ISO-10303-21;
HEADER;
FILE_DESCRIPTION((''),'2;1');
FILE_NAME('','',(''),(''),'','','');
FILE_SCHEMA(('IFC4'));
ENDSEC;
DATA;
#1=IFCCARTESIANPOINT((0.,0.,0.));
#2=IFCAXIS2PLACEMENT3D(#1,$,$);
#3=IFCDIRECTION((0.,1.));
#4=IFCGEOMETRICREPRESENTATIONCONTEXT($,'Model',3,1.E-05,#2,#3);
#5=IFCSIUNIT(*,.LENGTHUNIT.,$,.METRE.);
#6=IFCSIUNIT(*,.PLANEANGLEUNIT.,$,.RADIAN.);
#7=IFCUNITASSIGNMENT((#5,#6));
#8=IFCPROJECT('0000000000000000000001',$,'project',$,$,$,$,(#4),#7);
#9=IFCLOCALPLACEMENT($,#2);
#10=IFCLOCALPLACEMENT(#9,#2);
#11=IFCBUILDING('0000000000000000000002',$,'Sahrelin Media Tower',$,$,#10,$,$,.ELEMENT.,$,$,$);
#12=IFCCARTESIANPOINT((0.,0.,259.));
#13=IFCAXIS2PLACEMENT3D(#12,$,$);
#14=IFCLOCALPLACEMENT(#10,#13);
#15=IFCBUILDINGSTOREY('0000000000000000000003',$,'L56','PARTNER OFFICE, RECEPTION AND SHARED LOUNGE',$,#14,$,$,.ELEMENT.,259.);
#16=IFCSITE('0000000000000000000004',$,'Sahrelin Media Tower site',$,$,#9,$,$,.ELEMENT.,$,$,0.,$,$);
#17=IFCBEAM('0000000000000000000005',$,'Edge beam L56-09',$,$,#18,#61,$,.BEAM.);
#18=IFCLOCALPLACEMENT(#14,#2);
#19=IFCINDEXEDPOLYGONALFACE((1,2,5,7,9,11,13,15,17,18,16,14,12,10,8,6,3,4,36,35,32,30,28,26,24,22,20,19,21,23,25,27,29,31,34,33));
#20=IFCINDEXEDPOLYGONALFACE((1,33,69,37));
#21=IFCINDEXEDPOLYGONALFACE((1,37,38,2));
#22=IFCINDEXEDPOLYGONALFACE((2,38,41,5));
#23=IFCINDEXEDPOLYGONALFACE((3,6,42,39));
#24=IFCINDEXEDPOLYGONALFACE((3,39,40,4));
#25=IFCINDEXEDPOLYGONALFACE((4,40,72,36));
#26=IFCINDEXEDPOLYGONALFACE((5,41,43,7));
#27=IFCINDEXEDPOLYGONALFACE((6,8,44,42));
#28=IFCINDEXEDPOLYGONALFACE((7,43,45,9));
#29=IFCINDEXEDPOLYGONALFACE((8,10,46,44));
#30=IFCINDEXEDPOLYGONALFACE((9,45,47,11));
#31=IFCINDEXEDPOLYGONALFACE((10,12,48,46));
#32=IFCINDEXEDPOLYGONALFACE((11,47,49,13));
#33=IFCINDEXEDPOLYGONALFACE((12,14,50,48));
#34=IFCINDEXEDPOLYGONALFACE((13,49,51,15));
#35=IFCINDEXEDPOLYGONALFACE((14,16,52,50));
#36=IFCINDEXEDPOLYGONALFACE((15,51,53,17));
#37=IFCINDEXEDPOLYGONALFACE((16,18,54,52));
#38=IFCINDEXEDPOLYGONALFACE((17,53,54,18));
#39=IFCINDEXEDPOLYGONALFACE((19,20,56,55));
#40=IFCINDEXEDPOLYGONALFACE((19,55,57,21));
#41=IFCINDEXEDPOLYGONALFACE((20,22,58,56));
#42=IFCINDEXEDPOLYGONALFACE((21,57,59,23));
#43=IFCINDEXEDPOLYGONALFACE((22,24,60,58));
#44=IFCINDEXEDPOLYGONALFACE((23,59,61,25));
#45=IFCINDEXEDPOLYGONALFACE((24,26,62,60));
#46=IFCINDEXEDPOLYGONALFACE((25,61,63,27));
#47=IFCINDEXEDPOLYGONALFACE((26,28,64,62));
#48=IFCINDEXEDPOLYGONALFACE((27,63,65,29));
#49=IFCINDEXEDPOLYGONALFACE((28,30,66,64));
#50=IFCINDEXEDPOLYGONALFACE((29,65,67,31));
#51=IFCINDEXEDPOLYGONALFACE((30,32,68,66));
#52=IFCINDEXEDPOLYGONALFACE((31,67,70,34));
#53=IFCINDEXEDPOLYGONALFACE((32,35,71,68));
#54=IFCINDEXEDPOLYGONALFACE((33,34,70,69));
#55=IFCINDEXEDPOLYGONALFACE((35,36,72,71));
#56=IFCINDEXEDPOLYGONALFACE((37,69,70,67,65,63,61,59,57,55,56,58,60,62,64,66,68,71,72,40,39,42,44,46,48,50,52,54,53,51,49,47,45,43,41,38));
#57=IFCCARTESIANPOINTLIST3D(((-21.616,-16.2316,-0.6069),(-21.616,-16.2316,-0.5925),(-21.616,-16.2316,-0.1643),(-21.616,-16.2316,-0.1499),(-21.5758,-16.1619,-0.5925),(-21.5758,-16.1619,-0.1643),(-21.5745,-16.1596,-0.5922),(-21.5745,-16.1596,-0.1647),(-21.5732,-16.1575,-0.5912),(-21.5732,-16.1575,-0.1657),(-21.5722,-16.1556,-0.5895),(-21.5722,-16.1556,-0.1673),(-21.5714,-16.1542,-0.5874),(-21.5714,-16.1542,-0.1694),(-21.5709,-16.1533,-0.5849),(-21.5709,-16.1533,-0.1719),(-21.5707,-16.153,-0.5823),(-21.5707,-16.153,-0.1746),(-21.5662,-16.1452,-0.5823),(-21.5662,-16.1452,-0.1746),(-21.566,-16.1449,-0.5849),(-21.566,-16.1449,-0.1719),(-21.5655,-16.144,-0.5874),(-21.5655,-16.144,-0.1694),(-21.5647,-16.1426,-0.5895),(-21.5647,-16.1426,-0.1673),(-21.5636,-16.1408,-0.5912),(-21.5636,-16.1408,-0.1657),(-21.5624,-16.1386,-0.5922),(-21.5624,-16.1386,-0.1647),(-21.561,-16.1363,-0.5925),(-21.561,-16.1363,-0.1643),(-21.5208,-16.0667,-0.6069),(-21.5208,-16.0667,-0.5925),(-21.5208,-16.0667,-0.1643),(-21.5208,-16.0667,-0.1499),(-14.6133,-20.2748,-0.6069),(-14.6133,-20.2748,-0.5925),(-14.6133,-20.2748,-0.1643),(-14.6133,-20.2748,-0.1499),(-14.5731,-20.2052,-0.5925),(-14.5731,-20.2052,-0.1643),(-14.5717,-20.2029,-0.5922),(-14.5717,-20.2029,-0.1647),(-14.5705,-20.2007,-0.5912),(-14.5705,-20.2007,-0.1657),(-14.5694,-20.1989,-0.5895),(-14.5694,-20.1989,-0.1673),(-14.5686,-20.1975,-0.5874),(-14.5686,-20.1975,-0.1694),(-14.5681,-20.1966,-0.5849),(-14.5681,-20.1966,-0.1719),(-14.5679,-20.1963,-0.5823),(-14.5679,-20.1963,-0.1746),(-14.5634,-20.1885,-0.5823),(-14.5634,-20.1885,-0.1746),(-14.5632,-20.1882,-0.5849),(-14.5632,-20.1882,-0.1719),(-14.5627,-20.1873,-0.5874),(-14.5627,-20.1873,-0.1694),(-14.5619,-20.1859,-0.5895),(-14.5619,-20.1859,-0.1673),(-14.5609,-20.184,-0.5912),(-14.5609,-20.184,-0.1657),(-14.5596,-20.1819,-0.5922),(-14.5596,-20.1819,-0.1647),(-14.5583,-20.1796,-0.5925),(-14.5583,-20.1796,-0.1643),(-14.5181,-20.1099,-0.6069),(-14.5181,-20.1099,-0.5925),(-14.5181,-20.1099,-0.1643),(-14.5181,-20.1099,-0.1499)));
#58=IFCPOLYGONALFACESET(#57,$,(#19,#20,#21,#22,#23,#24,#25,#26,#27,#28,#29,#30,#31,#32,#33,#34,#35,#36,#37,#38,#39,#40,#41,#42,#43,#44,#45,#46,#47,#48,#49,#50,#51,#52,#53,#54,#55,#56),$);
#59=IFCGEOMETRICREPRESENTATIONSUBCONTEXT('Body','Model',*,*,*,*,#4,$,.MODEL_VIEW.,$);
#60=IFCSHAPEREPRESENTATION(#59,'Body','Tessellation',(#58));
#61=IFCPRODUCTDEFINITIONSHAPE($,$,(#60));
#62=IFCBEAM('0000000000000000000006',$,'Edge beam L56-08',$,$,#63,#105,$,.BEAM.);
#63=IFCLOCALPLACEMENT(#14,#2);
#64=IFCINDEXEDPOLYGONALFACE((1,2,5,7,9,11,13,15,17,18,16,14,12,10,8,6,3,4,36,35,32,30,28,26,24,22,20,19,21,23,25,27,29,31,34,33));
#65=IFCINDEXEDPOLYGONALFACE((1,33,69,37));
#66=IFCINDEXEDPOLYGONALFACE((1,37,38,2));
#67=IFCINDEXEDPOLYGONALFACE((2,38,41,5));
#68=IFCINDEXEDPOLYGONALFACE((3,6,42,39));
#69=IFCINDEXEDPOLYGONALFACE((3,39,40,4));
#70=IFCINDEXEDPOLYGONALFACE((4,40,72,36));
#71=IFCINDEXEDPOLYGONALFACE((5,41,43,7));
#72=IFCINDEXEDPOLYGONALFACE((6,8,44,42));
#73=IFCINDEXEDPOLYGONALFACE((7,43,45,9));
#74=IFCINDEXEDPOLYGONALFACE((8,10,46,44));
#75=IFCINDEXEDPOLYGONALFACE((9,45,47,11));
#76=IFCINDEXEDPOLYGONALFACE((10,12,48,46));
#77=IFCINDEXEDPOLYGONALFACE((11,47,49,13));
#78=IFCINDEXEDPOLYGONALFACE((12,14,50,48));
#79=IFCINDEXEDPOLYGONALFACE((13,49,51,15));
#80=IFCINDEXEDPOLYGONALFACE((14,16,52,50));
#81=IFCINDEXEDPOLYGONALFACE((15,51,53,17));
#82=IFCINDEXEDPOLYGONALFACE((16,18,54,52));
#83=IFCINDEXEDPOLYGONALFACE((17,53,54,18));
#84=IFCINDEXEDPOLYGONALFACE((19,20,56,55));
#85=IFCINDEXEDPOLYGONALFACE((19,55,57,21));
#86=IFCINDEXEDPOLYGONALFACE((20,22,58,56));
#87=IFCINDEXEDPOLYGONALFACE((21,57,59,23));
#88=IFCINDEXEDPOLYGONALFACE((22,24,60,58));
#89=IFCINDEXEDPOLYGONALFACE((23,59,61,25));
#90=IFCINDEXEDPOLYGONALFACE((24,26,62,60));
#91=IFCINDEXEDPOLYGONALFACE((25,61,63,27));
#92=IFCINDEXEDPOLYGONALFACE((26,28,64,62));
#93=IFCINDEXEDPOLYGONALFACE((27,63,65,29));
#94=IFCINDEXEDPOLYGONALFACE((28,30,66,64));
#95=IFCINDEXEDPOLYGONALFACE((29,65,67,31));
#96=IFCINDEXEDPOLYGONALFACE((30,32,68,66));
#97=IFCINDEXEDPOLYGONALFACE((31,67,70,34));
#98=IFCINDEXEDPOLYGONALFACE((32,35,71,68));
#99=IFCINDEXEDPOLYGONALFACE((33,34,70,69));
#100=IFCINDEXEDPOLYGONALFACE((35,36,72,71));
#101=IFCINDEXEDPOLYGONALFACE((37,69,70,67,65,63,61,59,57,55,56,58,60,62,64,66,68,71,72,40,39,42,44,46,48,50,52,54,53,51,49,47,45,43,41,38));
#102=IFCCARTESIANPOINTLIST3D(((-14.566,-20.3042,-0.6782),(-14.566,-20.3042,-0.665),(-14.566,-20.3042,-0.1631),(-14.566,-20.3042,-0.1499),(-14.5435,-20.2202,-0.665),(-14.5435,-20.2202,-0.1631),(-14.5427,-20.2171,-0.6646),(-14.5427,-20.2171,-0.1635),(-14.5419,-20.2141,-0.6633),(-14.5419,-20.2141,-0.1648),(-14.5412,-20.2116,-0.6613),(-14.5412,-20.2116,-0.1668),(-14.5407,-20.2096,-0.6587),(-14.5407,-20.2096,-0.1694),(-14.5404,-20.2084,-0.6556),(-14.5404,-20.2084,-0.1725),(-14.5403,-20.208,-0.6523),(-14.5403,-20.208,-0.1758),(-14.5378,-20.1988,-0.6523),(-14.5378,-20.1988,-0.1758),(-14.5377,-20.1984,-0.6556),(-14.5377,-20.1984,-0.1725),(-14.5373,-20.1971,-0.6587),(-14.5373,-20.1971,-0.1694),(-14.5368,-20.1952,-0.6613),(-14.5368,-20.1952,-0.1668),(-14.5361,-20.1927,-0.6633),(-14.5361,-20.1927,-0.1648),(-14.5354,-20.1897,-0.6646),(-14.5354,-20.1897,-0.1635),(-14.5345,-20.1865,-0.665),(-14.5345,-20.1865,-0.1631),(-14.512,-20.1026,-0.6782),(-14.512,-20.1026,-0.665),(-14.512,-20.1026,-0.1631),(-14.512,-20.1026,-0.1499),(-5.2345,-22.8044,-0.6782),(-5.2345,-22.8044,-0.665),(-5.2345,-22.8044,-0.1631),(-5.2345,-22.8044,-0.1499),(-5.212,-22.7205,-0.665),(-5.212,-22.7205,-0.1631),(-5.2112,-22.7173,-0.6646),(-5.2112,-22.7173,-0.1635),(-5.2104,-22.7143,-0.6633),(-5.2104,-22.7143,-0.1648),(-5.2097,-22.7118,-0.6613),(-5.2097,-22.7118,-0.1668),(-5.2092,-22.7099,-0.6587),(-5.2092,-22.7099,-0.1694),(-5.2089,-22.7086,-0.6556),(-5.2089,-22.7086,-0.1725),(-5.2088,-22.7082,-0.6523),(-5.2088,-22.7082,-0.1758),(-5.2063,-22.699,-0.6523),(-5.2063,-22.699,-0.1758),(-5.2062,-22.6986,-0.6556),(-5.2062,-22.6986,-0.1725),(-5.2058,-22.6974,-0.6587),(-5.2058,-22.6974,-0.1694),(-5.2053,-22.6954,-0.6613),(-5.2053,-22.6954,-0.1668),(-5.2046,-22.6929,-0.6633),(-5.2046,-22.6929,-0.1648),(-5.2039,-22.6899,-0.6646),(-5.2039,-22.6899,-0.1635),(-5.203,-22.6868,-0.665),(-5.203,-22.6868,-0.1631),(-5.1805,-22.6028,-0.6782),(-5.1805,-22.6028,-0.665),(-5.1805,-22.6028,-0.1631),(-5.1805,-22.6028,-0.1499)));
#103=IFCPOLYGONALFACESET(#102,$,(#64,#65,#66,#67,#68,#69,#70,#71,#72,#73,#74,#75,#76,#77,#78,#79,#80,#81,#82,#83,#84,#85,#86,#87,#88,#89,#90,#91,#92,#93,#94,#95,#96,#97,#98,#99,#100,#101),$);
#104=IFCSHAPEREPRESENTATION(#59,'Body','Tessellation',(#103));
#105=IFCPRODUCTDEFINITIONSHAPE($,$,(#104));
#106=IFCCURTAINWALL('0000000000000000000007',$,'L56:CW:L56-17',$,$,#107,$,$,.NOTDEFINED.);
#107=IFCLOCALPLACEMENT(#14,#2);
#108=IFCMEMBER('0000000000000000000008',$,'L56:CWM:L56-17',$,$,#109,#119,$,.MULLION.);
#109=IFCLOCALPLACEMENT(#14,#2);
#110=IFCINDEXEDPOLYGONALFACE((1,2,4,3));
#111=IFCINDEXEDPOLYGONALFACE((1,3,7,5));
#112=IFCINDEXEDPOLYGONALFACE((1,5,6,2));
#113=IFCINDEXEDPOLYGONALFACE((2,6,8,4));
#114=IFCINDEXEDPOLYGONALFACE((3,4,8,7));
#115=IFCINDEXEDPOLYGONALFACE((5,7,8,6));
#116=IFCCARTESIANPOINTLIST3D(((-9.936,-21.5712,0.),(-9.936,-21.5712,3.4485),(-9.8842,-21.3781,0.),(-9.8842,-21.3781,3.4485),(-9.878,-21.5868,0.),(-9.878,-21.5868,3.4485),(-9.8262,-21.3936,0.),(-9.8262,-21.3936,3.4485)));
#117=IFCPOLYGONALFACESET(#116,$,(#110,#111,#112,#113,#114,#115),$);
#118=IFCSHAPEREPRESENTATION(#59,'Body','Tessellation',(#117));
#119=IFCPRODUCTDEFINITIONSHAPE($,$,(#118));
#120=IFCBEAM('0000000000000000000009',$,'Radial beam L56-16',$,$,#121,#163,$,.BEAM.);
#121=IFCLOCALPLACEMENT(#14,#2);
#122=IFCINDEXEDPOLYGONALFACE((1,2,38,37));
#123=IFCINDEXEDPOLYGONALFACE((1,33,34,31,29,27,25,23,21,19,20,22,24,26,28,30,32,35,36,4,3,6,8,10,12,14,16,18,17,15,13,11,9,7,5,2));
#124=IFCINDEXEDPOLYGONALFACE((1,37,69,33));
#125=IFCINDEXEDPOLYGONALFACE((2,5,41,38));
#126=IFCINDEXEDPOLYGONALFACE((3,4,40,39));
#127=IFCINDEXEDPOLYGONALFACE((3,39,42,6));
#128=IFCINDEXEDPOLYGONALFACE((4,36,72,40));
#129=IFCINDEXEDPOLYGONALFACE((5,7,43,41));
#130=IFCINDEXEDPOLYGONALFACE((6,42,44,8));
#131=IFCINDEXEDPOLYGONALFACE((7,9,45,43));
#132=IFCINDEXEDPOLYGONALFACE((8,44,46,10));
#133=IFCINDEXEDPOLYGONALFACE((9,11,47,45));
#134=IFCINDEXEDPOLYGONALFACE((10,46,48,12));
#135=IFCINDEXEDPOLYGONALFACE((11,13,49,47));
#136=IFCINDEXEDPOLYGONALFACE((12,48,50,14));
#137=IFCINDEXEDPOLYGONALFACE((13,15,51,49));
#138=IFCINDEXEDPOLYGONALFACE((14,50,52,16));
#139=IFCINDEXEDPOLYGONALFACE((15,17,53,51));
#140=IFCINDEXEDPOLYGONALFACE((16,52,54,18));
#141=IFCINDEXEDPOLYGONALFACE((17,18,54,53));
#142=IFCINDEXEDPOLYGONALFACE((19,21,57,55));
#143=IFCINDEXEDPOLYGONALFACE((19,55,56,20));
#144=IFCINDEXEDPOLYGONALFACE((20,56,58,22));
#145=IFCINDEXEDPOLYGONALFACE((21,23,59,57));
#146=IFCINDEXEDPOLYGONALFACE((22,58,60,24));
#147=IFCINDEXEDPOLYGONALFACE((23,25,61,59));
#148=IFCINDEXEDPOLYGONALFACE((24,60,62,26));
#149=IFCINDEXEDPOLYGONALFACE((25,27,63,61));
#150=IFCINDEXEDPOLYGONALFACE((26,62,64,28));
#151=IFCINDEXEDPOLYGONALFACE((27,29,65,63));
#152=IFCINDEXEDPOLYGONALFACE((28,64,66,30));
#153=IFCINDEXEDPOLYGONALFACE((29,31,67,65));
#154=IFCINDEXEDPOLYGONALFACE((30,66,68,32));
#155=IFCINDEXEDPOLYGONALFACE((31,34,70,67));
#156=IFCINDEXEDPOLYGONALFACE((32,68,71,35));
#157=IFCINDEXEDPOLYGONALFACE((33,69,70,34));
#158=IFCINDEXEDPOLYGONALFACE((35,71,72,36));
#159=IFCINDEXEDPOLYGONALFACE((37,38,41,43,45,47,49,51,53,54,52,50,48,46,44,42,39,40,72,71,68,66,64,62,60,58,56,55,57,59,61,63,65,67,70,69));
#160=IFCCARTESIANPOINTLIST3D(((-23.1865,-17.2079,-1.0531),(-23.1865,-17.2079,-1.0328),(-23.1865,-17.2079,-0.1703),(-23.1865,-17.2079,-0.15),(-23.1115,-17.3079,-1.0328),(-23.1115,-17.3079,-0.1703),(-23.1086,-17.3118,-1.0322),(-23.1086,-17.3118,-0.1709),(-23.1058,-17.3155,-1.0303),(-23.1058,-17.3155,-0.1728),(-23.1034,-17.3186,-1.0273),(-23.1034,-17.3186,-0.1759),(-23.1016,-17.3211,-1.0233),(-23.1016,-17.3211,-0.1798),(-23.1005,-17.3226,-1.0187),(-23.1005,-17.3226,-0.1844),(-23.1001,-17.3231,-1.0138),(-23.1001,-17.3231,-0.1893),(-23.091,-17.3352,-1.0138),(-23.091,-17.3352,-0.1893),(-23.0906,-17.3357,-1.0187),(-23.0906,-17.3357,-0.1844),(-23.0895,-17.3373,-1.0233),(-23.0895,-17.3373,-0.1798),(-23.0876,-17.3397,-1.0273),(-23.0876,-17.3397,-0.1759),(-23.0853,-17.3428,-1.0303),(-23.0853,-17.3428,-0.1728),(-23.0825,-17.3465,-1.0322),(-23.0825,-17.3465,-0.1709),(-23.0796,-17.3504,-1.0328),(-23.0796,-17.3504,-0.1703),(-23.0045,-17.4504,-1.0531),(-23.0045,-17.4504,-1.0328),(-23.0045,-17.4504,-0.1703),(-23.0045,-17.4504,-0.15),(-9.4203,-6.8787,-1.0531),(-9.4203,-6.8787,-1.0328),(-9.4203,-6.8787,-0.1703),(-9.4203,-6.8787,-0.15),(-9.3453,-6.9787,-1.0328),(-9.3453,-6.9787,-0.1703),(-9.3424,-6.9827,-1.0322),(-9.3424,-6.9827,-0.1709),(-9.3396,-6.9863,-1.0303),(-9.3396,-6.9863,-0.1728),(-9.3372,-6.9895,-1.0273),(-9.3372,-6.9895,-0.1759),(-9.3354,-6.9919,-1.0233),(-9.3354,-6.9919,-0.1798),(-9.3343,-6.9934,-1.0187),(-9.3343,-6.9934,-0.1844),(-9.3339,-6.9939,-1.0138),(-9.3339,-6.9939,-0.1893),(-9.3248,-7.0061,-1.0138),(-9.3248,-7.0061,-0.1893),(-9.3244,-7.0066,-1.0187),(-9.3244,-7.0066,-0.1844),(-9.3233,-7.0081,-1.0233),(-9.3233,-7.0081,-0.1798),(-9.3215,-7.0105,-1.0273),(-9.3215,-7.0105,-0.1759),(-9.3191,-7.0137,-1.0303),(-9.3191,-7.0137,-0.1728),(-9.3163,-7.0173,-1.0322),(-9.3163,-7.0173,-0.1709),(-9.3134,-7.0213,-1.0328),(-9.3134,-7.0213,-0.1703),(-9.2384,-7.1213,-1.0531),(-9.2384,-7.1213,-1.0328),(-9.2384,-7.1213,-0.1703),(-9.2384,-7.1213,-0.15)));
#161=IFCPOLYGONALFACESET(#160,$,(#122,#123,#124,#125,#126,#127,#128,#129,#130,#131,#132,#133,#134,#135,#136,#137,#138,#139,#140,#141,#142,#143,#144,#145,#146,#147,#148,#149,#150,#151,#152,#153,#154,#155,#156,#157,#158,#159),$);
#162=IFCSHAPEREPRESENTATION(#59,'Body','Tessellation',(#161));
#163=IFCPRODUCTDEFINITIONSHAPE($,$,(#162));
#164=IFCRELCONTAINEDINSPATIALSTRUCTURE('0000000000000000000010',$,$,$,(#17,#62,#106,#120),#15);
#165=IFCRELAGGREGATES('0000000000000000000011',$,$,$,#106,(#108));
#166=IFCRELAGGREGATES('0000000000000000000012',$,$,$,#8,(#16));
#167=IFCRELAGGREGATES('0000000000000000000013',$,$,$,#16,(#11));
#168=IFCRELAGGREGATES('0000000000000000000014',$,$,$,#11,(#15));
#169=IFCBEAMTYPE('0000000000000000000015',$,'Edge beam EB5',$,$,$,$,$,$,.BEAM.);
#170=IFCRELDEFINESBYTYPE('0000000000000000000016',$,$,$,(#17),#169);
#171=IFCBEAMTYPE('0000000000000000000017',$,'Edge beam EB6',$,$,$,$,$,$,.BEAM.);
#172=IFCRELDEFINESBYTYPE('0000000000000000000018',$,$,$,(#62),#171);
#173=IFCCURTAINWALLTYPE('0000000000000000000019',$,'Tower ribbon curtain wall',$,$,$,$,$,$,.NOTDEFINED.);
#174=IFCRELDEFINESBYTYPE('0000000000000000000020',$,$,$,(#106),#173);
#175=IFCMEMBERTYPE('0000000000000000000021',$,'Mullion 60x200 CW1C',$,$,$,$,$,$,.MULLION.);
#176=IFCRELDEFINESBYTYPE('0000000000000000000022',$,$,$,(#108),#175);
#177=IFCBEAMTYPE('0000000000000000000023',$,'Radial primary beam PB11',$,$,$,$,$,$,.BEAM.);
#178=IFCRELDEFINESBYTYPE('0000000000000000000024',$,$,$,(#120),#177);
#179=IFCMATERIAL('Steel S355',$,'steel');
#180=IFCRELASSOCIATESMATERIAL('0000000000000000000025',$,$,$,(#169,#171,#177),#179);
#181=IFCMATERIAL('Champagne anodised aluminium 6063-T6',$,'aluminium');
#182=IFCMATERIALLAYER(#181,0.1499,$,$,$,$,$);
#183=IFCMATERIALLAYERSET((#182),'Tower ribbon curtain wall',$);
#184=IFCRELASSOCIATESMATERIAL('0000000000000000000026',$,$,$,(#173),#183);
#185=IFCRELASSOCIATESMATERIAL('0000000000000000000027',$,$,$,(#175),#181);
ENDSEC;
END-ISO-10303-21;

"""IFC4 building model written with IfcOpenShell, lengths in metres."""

from ifc_helpers import new_model, si_unit, direction, frame, origin, origin_2d, place, context, subcontext, project, spatial, rectangle, i_section, extrude, material, layer, layer_set, material_profile, profile_set, type_object, element, aggregate, save


model = new_model("IFC4")

# Units and contexts
model_context = context("Model", 3, precision=1e-05, world=origin(), true_north=direction((0.0, 1.0)))
body_context = subcontext(model_context, "Body", "Model", "MODEL_VIEW")
ifc_project = project(units=[si_unit("LENGTHUNIT", "METRE"), si_unit("PLANEANGLEUNIT", "RADIAN")], contexts=[model_context])

# Site, building, storey
site_placement = place(None, origin())
site = spatial("IfcSite", under=ifc_project, at=site_placement, Name="Sahrelin Media Tower site", CompositionType="ELEMENT", RefElevation=0.0)
building_placement = place(site_placement, origin())
building = spatial("IfcBuilding", under=site, at=building_placement, Name="Sahrelin Media Tower", CompositionType="ELEMENT")
storey_placement = place(building_placement, frame((0.0, 0.0, 259.0)))
storey = spatial("IfcBuildingStorey", under=building, at=storey_placement, Name="L56", Description="PARTNER OFFICE, RECEPTION AND SHARED LOUNGE", CompositionType="ELEMENT", Elevation=259.0)

# Beams
ifc_material_1 = material(Name="Steel S355", Category="steel")
ifc_material_profile_1 = material_profile(ifc_material_1, i_section(OverallWidth=0.1904, OverallDepth=0.457, WebThickness=0.009, FlangeThickness=0.0144, FilletRadius=0.0103, at=origin_2d()), Name="UB 457x191x74")
ifc_profile_set_1 = profile_set([ifc_material_profile_1], Name="Steel S355")
beam_type_1 = type_object("IfcBeamType", Name="Edge beam EB5", PredefinedType="BEAM", material=ifc_profile_set_1)
beam_1_placement = place(storey_placement, frame((-14.5657, -20.1924, -0.3784), z_axis=(-0.866014, 0.50002, 0.0), x_axis=(-0.50002, -0.866014, 0.0)))
element("IfcBeam", 1, at=beam_1_placement, inside=storey, type_object=beam_type_1, Name="Edge beam L56-09", PredefinedType="BEAM", context=body_context, shape_type="SweptSolid", body=[
    extrude(i_section(OverallWidth=0.1904, OverallDepth=0.457, WebThickness=0.009, FlangeThickness=0.0144, FilletRadius=0.0103, at=origin_2d()), origin(), (0.0, 0.0, 1.0), 8.0862),
])
ifc_material_profile_2 = material_profile(ifc_material_1, i_section(OverallWidth=0.2087, OverallDepth=0.5283, WebThickness=0.0095, FlangeThickness=0.0132, FilletRadius=0.0127, at=origin_2d()), Name="UB 533x210x82")
ifc_profile_set_2 = profile_set([ifc_material_profile_2], Name="Steel S355")
beam_type_2 = type_object("IfcBeamType", Name="Edge beam EB6", PredefinedType="BEAM", material=ifc_profile_set_2)
beam_2_placement = place(storey_placement, frame((-5.2075, -22.7036, -0.4141), z_axis=(-0.965929, 0.258806, 0.0), x_axis=(-0.258806, -0.965929, 0.0)))
element("IfcBeam", 2, at=beam_2_placement, inside=storey, type_object=beam_type_2, Name="Edge beam L56-08", PredefinedType="BEAM", context=body_context, shape_type="SweptSolid", body=[
    extrude(i_section(OverallWidth=0.2087, OverallDepth=0.5283, WebThickness=0.0095, FlangeThickness=0.0132, FilletRadius=0.0127, at=origin_2d()), origin(), (0.0, 0.0, 1.0), 9.6606),
])

# Curtain wall, member
ifc_material_2 = material(Name="Champagne anodised aluminium 6063-T6", Category="aluminium")
ifc_layer_1 = layer(ifc_material_2, 0.1499)
ifc_layer_set_1 = layer_set([ifc_layer_1], Name="Tower ribbon curtain wall")
curtain_wall_type = type_object("IfcCurtainWallType", Name="Tower ribbon curtain wall", PredefinedType="NOTDEFINED", material=ifc_layer_set_1)
curtain_wall_1_placement = place(storey_placement, frame((-9.9121, -21.5984, 0.0), z_axis=(0.0, 0.0, 1.0), x_axis=(1.0, 0.0, 0.0)))
curtain_wall_1 = element("IfcCurtainWall", 3, at=curtain_wall_1_placement, inside=storey, type_object=curtain_wall_type, Name="L56:CW:L56-17", PredefinedType="NOTDEFINED")
ifc_material_profile_3 = material_profile(ifc_material_2, rectangle(XDim=0.0601, YDim=0.2, at=origin_2d()), Name="Mullion 60x200")
ifc_profile_set_3 = profile_set([ifc_material_profile_3], Name="Champagne anodised aluminium 6063-T6")
member_type_1 = type_object("IfcMemberType", Name="Mullion 60x200 CW1C", PredefinedType="MULLION", material=ifc_profile_set_3)
member_1_placement = place(storey_placement, frame((-9.8811, -21.4824, 0.0), z_axis=(0.0, 0.0, 1.0), x_axis=(0.965927, -0.258816, 0.0)))
member_1 = element("IfcMember", 4, at=member_1_placement, type_object=member_type_1, Name="L56:CWM:L56-17", PredefinedType="MULLION", context=body_context, shape_type="SweptSolid", body=[
    extrude(rectangle(XDim=0.0601, YDim=0.2, at=origin_2d()), origin(), (0.0, 0.0, 1.0), 3.4485),
])

# Beam
ifc_material_profile_4 = material_profile(ifc_material_1, i_section(OverallWidth=0.3032, OverallDepth=0.9031, WebThickness=0.0151, FlangeThickness=0.0203, FilletRadius=0.019, at=origin_2d()), Name="UB 914x305x201")
ifc_profile_set_4 = profile_set([ifc_material_profile_4], Name="Steel S355")
beam_type_3 = type_object("IfcBeamType", Name="Radial primary beam PB11", PredefinedType="BEAM", material=ifc_profile_set_4)
beam_3_placement = place(storey_placement, frame((-9.3293, -7.0, -0.6016), z_axis=(-0.799874, -0.600168, 0.0), x_axis=(0.600168, -0.799874, 0.0)))
element("IfcBeam", 5, at=beam_3_placement, inside=storey, type_object=beam_type_3, Name="Radial beam L56-16", PredefinedType="BEAM", context=body_context, shape_type="SweptSolid", body=[
    extrude(i_section(OverallWidth=0.3032, OverallDepth=0.9031, WebThickness=0.0151, FlangeThickness=0.0203, FilletRadius=0.019, at=origin_2d()), origin(), (0.0, 0.0, 1.0), 17.2104),
])

aggregate(curtain_wall_1, [member_1])

save(model, "model.ifc")
